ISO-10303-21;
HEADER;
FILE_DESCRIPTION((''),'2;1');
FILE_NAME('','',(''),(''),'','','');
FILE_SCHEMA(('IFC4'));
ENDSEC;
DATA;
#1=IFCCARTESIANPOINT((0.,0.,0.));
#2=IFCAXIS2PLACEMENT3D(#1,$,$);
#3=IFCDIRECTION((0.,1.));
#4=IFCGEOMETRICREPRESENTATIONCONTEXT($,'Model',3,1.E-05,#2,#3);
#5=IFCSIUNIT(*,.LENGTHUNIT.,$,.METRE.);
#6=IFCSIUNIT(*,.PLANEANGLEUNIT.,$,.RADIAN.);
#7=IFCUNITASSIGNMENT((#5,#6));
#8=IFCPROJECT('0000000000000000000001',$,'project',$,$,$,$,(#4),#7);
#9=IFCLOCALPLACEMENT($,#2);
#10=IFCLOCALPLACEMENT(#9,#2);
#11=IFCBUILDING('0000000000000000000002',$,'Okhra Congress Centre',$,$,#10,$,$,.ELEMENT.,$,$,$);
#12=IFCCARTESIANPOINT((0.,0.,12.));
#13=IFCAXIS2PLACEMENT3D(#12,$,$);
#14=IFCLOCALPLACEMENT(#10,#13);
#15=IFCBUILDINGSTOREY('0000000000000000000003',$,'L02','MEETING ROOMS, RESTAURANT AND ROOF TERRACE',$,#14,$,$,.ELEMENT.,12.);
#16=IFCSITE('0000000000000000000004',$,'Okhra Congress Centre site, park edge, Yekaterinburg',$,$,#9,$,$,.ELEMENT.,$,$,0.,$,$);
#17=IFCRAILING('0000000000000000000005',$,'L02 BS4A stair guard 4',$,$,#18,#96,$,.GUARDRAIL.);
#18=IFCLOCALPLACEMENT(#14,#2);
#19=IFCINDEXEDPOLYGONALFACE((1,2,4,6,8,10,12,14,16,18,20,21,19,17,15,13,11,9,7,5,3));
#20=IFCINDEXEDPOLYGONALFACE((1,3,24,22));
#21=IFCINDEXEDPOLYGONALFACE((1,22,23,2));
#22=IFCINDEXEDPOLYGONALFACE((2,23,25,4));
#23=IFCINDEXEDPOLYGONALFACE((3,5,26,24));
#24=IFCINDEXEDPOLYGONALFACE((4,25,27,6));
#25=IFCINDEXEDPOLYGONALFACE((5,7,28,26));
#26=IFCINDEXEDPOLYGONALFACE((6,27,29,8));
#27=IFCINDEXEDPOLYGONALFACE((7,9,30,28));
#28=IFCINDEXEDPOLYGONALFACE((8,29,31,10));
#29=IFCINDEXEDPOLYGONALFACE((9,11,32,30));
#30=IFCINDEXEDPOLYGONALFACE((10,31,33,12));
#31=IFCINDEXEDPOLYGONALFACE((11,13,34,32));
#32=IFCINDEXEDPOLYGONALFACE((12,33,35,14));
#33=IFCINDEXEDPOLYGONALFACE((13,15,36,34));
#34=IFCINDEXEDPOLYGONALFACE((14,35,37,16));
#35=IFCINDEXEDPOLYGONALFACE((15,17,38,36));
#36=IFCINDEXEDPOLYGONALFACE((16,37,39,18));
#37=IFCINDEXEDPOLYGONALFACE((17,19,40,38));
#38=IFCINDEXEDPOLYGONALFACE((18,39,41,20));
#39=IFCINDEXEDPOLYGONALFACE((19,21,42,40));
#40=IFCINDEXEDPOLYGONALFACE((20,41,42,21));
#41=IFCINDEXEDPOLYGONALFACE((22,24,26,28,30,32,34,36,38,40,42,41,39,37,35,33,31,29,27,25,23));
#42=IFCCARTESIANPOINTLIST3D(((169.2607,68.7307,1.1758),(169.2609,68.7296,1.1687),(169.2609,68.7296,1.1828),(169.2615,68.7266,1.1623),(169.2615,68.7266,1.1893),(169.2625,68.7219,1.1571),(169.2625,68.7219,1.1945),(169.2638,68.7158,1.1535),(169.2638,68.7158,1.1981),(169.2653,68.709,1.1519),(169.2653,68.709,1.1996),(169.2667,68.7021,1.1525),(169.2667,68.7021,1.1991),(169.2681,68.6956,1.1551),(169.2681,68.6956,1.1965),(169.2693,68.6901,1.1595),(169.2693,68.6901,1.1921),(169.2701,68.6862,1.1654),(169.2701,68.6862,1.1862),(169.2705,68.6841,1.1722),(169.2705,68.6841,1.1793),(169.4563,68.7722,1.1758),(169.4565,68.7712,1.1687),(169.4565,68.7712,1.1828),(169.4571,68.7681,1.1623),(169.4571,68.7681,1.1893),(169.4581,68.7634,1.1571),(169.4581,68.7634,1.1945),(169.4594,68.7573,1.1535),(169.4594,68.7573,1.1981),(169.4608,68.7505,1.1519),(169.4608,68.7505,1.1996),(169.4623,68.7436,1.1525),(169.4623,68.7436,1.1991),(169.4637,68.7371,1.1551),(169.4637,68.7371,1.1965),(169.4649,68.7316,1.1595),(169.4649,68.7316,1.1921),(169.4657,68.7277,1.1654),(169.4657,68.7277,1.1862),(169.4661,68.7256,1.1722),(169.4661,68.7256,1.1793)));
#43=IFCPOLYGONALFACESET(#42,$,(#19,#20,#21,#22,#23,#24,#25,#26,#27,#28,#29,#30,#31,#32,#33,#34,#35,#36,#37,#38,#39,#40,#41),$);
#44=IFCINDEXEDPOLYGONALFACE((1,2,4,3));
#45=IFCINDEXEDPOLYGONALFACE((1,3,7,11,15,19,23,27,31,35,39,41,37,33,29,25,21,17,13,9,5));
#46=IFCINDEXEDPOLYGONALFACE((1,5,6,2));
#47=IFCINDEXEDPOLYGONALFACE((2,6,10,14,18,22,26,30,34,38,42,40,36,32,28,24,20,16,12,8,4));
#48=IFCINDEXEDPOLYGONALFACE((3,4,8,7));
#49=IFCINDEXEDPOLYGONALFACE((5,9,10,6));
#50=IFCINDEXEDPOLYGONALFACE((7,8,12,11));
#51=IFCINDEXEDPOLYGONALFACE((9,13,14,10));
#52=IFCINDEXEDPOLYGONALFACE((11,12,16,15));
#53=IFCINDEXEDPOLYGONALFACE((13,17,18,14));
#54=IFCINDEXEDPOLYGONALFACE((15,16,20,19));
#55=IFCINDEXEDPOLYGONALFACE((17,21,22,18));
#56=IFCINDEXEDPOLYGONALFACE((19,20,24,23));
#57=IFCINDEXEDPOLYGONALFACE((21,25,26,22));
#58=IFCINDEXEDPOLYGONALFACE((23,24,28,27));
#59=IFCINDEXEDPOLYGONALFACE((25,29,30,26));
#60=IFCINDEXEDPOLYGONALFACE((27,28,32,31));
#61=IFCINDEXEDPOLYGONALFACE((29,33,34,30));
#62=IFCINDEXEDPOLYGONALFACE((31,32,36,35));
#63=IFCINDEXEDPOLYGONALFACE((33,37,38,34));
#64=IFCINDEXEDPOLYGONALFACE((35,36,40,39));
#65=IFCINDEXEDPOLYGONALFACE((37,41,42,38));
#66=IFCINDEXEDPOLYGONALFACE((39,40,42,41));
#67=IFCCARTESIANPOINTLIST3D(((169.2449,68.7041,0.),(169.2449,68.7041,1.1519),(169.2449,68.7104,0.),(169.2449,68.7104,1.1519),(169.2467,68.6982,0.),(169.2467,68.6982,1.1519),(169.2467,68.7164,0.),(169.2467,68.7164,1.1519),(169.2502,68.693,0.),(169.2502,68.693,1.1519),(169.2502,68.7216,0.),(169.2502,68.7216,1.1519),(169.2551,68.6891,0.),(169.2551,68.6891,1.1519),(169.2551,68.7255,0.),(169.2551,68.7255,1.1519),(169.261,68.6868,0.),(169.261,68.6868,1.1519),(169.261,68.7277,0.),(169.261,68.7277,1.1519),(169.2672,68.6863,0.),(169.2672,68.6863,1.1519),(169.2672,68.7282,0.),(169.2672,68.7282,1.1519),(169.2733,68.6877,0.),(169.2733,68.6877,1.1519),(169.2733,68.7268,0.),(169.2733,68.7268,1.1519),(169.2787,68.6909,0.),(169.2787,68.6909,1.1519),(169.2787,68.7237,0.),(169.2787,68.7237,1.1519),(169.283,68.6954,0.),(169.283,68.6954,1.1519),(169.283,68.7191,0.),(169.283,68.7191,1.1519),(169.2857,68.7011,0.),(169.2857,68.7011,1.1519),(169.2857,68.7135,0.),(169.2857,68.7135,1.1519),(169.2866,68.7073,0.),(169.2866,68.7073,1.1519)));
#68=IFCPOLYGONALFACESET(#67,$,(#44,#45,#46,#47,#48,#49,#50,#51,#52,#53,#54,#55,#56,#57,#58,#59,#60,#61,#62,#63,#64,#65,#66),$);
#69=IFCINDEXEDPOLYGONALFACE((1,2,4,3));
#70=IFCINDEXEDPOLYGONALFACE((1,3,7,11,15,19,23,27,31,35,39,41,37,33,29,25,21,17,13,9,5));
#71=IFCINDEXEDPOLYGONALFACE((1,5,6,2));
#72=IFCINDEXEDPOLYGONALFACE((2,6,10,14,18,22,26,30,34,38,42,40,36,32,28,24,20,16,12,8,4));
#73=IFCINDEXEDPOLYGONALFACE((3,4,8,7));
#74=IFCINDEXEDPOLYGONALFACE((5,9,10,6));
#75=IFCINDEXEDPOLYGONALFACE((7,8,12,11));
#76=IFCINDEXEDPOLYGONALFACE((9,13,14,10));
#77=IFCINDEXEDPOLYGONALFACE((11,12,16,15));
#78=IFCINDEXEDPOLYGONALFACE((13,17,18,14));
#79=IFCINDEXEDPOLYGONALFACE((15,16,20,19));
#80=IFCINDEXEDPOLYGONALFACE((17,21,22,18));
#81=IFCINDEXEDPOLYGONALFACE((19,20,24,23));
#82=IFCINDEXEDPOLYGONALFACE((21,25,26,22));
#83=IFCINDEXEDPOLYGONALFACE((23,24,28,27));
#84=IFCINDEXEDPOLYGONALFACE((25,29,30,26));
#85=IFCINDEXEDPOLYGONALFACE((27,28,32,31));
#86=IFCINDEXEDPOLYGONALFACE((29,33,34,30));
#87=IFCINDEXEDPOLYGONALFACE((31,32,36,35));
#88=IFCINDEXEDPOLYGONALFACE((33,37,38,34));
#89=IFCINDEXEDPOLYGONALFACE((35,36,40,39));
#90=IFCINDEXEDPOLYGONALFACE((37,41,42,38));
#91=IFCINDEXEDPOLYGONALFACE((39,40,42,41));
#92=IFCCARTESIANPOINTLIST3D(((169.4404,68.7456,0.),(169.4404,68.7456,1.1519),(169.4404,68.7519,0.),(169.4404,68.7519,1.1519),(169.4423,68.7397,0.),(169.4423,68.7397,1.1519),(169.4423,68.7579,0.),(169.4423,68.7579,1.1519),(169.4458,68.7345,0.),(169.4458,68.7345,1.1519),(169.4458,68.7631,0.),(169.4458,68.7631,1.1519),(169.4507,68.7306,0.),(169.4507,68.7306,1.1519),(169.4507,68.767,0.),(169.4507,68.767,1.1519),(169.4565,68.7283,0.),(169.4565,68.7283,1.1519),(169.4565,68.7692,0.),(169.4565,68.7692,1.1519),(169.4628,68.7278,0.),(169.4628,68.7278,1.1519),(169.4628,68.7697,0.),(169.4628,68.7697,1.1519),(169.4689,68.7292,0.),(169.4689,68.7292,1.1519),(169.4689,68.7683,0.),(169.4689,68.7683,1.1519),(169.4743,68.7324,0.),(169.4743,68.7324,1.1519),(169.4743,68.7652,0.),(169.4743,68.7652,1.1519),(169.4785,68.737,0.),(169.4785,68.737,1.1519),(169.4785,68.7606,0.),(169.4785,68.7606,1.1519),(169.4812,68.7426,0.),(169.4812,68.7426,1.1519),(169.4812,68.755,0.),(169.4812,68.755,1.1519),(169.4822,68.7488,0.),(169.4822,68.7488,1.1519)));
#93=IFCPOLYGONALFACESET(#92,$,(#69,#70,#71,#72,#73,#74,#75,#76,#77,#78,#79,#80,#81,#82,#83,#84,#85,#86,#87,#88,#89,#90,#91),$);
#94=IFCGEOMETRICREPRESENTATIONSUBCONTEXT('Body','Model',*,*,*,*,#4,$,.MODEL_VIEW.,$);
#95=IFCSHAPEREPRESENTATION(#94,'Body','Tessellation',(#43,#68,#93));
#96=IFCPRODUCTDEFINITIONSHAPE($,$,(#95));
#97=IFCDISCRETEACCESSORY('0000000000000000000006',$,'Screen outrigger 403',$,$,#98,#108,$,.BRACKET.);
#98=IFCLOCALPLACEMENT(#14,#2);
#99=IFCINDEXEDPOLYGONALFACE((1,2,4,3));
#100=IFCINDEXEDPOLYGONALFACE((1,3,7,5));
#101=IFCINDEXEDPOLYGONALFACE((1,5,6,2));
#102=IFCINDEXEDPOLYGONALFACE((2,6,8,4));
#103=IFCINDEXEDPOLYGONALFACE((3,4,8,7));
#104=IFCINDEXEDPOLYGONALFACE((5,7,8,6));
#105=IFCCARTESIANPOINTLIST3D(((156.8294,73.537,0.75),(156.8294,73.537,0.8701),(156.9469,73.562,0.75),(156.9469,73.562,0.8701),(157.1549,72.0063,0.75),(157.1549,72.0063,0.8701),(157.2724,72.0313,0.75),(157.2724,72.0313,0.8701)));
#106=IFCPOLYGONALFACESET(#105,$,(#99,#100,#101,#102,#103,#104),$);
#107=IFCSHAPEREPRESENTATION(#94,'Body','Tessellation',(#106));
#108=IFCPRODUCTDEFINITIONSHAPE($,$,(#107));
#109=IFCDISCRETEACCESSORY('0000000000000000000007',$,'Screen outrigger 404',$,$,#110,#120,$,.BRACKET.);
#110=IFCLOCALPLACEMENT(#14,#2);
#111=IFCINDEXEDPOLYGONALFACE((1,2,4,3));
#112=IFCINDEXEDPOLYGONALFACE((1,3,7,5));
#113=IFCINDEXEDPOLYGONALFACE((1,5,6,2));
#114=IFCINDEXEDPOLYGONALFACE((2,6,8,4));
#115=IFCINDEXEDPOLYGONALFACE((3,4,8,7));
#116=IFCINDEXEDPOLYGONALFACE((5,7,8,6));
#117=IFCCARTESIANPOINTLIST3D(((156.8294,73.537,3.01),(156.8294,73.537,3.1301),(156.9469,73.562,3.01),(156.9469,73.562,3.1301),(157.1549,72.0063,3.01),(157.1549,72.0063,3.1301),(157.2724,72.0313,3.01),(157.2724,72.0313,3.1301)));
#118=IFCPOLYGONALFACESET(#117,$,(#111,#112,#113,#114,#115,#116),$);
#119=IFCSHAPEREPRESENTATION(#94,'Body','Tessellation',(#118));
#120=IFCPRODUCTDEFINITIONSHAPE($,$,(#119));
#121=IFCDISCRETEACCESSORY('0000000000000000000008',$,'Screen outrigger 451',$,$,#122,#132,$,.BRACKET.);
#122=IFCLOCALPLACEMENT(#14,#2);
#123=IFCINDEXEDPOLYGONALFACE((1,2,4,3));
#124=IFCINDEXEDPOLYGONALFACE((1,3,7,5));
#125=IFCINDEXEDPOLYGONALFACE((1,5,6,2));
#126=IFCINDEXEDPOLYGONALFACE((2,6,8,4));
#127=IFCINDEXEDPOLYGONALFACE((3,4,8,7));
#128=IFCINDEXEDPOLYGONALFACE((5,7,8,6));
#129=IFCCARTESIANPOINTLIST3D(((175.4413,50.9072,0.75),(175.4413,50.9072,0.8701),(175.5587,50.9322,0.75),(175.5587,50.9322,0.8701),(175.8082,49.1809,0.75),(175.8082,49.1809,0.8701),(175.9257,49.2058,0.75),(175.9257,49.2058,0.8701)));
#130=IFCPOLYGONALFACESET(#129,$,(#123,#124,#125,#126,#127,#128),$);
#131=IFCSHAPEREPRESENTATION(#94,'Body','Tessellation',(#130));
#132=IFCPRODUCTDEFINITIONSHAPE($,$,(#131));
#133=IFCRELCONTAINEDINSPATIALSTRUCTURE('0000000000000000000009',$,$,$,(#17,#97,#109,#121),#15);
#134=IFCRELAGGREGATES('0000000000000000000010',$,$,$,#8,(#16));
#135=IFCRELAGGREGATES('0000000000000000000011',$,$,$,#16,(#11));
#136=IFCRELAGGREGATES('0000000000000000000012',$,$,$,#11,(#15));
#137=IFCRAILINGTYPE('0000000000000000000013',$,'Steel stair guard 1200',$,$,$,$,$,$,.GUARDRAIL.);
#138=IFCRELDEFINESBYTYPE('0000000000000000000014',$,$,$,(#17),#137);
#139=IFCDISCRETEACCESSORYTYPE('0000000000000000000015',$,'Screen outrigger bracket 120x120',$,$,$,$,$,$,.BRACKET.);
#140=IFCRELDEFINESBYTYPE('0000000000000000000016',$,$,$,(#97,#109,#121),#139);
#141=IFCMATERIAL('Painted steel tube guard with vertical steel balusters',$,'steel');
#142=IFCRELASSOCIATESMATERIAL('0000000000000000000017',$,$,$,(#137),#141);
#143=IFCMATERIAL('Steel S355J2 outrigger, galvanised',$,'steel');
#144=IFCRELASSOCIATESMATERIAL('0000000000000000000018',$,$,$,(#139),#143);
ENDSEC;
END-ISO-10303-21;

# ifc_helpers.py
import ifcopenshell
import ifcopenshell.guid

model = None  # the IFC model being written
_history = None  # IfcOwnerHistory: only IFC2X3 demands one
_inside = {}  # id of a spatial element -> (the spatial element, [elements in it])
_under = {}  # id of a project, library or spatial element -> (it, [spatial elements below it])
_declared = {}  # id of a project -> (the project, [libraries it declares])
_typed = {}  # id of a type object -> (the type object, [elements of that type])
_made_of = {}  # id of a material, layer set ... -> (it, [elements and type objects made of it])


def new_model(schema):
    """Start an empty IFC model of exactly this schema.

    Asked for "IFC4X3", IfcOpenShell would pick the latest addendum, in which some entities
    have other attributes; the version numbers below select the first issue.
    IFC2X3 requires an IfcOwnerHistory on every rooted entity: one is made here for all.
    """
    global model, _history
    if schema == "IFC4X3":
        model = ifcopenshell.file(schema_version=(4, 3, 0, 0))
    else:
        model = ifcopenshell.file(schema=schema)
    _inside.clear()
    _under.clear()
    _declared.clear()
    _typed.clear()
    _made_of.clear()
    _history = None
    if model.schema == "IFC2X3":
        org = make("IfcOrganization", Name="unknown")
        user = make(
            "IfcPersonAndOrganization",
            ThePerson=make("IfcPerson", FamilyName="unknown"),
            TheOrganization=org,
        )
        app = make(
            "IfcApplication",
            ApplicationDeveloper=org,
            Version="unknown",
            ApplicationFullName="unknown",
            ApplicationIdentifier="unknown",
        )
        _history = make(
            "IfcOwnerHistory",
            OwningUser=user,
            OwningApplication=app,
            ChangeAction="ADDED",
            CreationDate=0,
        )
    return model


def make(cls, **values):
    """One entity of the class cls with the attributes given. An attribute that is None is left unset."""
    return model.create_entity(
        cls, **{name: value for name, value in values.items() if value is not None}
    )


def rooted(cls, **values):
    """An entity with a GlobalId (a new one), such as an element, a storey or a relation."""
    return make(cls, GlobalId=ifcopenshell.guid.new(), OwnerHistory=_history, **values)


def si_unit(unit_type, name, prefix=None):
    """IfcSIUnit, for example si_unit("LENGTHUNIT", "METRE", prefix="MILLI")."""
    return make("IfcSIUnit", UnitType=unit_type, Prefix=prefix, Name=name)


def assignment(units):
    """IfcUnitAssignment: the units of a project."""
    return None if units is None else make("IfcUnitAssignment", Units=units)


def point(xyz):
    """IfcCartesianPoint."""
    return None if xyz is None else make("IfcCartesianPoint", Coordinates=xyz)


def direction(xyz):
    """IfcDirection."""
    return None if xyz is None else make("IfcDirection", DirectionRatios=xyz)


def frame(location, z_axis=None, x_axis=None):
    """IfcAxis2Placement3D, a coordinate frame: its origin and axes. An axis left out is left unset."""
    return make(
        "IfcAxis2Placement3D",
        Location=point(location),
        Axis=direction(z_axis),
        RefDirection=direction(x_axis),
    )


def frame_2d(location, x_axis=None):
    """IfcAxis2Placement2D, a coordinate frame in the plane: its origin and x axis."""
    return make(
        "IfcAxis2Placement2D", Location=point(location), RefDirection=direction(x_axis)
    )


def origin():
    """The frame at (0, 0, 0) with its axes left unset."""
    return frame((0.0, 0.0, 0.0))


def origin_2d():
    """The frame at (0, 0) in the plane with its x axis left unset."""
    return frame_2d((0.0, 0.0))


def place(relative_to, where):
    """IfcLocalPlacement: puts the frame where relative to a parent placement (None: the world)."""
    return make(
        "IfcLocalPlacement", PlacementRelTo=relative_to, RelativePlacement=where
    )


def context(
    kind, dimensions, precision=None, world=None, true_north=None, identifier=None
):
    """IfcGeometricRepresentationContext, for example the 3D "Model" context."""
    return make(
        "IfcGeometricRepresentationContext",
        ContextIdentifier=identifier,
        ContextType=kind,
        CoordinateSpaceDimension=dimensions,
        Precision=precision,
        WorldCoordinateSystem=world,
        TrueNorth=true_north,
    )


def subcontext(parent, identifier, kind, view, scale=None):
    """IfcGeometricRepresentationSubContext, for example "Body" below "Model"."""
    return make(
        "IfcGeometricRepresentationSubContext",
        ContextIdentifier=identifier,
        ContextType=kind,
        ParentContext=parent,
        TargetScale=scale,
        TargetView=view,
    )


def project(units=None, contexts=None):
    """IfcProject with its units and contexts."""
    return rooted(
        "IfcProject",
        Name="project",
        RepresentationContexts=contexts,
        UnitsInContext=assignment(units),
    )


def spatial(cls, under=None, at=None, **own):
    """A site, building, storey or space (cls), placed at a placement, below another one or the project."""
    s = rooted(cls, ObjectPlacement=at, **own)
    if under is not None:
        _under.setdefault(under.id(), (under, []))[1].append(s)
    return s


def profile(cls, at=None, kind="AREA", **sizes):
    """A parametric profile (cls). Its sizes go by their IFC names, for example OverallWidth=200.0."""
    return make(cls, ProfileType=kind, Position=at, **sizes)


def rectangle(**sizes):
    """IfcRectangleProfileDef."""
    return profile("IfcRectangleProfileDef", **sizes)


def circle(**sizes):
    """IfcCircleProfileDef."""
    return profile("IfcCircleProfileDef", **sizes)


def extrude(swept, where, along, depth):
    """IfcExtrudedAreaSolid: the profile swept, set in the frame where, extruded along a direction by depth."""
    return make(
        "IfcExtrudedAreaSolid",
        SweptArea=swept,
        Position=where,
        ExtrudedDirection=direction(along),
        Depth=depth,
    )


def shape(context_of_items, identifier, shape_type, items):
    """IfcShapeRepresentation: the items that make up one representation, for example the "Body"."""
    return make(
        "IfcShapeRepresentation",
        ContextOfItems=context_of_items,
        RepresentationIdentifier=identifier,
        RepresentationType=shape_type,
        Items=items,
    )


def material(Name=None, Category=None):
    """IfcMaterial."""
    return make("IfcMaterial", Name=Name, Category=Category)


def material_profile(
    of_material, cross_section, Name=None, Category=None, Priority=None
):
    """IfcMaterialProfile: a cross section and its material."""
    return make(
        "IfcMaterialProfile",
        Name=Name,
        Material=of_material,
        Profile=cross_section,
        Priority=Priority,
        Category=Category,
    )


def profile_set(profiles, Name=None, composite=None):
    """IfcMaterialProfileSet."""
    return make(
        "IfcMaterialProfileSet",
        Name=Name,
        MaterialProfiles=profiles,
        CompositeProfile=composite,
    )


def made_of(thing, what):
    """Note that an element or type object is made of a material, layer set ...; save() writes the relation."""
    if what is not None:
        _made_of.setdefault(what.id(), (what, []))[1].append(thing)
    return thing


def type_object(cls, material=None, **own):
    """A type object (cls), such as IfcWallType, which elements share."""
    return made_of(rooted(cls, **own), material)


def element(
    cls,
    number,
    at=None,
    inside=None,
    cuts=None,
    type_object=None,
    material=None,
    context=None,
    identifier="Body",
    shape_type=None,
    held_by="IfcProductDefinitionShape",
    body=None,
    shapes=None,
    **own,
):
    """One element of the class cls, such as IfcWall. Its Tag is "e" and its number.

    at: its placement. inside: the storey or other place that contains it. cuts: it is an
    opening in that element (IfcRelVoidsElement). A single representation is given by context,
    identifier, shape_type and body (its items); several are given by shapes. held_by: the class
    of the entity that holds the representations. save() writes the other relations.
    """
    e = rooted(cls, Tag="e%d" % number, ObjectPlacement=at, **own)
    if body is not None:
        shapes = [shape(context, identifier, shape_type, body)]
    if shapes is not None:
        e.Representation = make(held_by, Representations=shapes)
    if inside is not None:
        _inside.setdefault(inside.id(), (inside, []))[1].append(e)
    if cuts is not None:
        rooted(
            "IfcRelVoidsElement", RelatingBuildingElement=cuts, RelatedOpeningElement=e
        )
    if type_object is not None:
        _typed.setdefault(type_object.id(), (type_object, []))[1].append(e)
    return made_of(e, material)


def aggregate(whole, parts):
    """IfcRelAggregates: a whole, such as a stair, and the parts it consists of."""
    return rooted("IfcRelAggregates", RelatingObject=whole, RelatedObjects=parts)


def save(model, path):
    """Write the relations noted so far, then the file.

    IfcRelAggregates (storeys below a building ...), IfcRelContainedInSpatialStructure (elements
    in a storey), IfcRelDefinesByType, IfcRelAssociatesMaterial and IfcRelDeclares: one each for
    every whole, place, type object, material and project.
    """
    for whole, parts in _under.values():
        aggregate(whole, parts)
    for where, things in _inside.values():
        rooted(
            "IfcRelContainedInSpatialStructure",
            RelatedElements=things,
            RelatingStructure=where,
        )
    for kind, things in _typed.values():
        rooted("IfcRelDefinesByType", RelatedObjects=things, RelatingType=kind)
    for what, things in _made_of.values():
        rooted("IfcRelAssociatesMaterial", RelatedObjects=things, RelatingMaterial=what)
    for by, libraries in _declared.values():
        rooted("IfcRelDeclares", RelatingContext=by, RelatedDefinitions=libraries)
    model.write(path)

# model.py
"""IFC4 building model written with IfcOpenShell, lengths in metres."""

from ifc_helpers import new_model, si_unit, direction, frame, origin, origin_2d, place, context, subcontext, project, spatial, rectangle, circle, extrude, material, material_profile, profile_set, type_object, element, save


model = new_model("IFC4")

# Units and contexts
model_context = context("Model", 3, precision=1e-05, world=origin(), true_north=direction((0.0, 1.0)))
body_context = subcontext(model_context, "Body", "Model", "MODEL_VIEW")
ifc_project = project(units=[si_unit("LENGTHUNIT", "METRE"), si_unit("PLANEANGLEUNIT", "RADIAN")], contexts=[model_context])

# Site, building, storey
site_placement = place(None, origin())
site = spatial("IfcSite", under=ifc_project, at=site_placement, Name="Okhra Congress Centre site, park edge, Yekaterinburg", CompositionType="ELEMENT", RefElevation=0.0)
building_placement = place(site_placement, origin())
building = spatial("IfcBuilding", under=site, at=building_placement, Name="Okhra Congress Centre", CompositionType="ELEMENT")
storey_placement = place(building_placement, frame((0.0, 0.0, 12.0)))
storey = spatial("IfcBuildingStorey", under=building, at=storey_placement, Name="L02", Description="MEETING ROOMS, RESTAURANT AND ROOF TERRACE", CompositionType="ELEMENT", Elevation=12.0)

# Railing
ifc_material_1 = material(Name="Painted steel tube guard with vertical steel balusters", Category="steel")
railing_type_1 = type_object("IfcRailingType", Name="Steel stair guard 1200", PredefinedType="GUARDRAIL", material=ifc_material_1)
railing_1_placement = place(storey_placement, frame((169.2656, 68.7073, 0.0)))
element("IfcRailing", 1, at=railing_1_placement, inside=storey, type_object=railing_type_1, Name="L02 BS4A stair guard 4", PredefinedType="GUARDRAIL", context=body_context, shape_type="SweptSolid", body=[
    extrude(circle(Radius=0.0239, at=origin_2d()), frame((0.0, 0.0, 1.1758), z_axis=(0.978212, 0.20761, 0.0), x_axis=(-0.20761, 0.978212, 0.0)), (0.0, 0.0, 1.0), 0.2),
    extrude(circle(Radius=0.021, at=origin_2d()), origin(), (0.0, 0.0, 1.0), 1.1519),
    extrude(circle(Radius=0.021, at=origin_2d()), frame((0.1956, 0.0415, 0.0)), (0.0, 0.0, 1.0), 1.1519),
])

# Discrete accessories
ifc_material_2 = material(Name="Steel S355J2 outrigger, galvanised", Category="steel")
ifc_material_profile_1 = material_profile(ifc_material_2, rectangle(XDim=0.1201, YDim=0.1201, at=origin_2d()), Name="Screen outrigger bracket 120x120")
ifc_profile_set_1 = profile_set([ifc_material_profile_1], Name="Steel S355J2 outrigger, galvanised")
discrete_accessory_type = type_object("IfcDiscreteAccessoryType", Name="Screen outrigger bracket 120x120", PredefinedType="BRACKET", material=ifc_profile_set_1)
for number, where, z_axis, x_axis, name in (
    (2, (157.2136, 72.0188, 0.8101), (-0.207952, 0.978139, 0.0), (-0.978139, -0.207952, 0.0), "Screen outrigger 403"),
    (3, (157.2136, 72.0188, 3.0701), (-0.207952, 0.978139, 0.0), (-0.978139, -0.207952, 0.0), "Screen outrigger 404"),
):
    element("IfcDiscreteAccessory", number, at=place(storey_placement, frame(where, z_axis=z_axis, x_axis=x_axis)), inside=storey, type_object=discrete_accessory_type, Name=name, PredefinedType="BRACKET", context=body_context, shape_type="SweptSolid", body=[
        extrude(rectangle(XDim=0.1201, YDim=0.1201, at=origin_2d()), origin(), (0.0, 0.0, 1.0), 1.5649),
    ])
discrete_accessory_placement = place(storey_placement, frame((175.5, 50.9197, 0.8101), z_axis=(0.207913, -0.978147, 0.0), x_axis=(0.978147, 0.207913, 0.0)))
element("IfcDiscreteAccessory", 4, at=discrete_accessory_placement, inside=storey, type_object=discrete_accessory_type, Name="Screen outrigger 451", PredefinedType="BRACKET", context=body_context, shape_type="SweptSolid", body=[
    extrude(rectangle(XDim=0.1201, YDim=0.1201, at=origin_2d()), origin(), (0.0, 0.0, 1.0), 1.7649),
])

save(model, "model.ifc")
